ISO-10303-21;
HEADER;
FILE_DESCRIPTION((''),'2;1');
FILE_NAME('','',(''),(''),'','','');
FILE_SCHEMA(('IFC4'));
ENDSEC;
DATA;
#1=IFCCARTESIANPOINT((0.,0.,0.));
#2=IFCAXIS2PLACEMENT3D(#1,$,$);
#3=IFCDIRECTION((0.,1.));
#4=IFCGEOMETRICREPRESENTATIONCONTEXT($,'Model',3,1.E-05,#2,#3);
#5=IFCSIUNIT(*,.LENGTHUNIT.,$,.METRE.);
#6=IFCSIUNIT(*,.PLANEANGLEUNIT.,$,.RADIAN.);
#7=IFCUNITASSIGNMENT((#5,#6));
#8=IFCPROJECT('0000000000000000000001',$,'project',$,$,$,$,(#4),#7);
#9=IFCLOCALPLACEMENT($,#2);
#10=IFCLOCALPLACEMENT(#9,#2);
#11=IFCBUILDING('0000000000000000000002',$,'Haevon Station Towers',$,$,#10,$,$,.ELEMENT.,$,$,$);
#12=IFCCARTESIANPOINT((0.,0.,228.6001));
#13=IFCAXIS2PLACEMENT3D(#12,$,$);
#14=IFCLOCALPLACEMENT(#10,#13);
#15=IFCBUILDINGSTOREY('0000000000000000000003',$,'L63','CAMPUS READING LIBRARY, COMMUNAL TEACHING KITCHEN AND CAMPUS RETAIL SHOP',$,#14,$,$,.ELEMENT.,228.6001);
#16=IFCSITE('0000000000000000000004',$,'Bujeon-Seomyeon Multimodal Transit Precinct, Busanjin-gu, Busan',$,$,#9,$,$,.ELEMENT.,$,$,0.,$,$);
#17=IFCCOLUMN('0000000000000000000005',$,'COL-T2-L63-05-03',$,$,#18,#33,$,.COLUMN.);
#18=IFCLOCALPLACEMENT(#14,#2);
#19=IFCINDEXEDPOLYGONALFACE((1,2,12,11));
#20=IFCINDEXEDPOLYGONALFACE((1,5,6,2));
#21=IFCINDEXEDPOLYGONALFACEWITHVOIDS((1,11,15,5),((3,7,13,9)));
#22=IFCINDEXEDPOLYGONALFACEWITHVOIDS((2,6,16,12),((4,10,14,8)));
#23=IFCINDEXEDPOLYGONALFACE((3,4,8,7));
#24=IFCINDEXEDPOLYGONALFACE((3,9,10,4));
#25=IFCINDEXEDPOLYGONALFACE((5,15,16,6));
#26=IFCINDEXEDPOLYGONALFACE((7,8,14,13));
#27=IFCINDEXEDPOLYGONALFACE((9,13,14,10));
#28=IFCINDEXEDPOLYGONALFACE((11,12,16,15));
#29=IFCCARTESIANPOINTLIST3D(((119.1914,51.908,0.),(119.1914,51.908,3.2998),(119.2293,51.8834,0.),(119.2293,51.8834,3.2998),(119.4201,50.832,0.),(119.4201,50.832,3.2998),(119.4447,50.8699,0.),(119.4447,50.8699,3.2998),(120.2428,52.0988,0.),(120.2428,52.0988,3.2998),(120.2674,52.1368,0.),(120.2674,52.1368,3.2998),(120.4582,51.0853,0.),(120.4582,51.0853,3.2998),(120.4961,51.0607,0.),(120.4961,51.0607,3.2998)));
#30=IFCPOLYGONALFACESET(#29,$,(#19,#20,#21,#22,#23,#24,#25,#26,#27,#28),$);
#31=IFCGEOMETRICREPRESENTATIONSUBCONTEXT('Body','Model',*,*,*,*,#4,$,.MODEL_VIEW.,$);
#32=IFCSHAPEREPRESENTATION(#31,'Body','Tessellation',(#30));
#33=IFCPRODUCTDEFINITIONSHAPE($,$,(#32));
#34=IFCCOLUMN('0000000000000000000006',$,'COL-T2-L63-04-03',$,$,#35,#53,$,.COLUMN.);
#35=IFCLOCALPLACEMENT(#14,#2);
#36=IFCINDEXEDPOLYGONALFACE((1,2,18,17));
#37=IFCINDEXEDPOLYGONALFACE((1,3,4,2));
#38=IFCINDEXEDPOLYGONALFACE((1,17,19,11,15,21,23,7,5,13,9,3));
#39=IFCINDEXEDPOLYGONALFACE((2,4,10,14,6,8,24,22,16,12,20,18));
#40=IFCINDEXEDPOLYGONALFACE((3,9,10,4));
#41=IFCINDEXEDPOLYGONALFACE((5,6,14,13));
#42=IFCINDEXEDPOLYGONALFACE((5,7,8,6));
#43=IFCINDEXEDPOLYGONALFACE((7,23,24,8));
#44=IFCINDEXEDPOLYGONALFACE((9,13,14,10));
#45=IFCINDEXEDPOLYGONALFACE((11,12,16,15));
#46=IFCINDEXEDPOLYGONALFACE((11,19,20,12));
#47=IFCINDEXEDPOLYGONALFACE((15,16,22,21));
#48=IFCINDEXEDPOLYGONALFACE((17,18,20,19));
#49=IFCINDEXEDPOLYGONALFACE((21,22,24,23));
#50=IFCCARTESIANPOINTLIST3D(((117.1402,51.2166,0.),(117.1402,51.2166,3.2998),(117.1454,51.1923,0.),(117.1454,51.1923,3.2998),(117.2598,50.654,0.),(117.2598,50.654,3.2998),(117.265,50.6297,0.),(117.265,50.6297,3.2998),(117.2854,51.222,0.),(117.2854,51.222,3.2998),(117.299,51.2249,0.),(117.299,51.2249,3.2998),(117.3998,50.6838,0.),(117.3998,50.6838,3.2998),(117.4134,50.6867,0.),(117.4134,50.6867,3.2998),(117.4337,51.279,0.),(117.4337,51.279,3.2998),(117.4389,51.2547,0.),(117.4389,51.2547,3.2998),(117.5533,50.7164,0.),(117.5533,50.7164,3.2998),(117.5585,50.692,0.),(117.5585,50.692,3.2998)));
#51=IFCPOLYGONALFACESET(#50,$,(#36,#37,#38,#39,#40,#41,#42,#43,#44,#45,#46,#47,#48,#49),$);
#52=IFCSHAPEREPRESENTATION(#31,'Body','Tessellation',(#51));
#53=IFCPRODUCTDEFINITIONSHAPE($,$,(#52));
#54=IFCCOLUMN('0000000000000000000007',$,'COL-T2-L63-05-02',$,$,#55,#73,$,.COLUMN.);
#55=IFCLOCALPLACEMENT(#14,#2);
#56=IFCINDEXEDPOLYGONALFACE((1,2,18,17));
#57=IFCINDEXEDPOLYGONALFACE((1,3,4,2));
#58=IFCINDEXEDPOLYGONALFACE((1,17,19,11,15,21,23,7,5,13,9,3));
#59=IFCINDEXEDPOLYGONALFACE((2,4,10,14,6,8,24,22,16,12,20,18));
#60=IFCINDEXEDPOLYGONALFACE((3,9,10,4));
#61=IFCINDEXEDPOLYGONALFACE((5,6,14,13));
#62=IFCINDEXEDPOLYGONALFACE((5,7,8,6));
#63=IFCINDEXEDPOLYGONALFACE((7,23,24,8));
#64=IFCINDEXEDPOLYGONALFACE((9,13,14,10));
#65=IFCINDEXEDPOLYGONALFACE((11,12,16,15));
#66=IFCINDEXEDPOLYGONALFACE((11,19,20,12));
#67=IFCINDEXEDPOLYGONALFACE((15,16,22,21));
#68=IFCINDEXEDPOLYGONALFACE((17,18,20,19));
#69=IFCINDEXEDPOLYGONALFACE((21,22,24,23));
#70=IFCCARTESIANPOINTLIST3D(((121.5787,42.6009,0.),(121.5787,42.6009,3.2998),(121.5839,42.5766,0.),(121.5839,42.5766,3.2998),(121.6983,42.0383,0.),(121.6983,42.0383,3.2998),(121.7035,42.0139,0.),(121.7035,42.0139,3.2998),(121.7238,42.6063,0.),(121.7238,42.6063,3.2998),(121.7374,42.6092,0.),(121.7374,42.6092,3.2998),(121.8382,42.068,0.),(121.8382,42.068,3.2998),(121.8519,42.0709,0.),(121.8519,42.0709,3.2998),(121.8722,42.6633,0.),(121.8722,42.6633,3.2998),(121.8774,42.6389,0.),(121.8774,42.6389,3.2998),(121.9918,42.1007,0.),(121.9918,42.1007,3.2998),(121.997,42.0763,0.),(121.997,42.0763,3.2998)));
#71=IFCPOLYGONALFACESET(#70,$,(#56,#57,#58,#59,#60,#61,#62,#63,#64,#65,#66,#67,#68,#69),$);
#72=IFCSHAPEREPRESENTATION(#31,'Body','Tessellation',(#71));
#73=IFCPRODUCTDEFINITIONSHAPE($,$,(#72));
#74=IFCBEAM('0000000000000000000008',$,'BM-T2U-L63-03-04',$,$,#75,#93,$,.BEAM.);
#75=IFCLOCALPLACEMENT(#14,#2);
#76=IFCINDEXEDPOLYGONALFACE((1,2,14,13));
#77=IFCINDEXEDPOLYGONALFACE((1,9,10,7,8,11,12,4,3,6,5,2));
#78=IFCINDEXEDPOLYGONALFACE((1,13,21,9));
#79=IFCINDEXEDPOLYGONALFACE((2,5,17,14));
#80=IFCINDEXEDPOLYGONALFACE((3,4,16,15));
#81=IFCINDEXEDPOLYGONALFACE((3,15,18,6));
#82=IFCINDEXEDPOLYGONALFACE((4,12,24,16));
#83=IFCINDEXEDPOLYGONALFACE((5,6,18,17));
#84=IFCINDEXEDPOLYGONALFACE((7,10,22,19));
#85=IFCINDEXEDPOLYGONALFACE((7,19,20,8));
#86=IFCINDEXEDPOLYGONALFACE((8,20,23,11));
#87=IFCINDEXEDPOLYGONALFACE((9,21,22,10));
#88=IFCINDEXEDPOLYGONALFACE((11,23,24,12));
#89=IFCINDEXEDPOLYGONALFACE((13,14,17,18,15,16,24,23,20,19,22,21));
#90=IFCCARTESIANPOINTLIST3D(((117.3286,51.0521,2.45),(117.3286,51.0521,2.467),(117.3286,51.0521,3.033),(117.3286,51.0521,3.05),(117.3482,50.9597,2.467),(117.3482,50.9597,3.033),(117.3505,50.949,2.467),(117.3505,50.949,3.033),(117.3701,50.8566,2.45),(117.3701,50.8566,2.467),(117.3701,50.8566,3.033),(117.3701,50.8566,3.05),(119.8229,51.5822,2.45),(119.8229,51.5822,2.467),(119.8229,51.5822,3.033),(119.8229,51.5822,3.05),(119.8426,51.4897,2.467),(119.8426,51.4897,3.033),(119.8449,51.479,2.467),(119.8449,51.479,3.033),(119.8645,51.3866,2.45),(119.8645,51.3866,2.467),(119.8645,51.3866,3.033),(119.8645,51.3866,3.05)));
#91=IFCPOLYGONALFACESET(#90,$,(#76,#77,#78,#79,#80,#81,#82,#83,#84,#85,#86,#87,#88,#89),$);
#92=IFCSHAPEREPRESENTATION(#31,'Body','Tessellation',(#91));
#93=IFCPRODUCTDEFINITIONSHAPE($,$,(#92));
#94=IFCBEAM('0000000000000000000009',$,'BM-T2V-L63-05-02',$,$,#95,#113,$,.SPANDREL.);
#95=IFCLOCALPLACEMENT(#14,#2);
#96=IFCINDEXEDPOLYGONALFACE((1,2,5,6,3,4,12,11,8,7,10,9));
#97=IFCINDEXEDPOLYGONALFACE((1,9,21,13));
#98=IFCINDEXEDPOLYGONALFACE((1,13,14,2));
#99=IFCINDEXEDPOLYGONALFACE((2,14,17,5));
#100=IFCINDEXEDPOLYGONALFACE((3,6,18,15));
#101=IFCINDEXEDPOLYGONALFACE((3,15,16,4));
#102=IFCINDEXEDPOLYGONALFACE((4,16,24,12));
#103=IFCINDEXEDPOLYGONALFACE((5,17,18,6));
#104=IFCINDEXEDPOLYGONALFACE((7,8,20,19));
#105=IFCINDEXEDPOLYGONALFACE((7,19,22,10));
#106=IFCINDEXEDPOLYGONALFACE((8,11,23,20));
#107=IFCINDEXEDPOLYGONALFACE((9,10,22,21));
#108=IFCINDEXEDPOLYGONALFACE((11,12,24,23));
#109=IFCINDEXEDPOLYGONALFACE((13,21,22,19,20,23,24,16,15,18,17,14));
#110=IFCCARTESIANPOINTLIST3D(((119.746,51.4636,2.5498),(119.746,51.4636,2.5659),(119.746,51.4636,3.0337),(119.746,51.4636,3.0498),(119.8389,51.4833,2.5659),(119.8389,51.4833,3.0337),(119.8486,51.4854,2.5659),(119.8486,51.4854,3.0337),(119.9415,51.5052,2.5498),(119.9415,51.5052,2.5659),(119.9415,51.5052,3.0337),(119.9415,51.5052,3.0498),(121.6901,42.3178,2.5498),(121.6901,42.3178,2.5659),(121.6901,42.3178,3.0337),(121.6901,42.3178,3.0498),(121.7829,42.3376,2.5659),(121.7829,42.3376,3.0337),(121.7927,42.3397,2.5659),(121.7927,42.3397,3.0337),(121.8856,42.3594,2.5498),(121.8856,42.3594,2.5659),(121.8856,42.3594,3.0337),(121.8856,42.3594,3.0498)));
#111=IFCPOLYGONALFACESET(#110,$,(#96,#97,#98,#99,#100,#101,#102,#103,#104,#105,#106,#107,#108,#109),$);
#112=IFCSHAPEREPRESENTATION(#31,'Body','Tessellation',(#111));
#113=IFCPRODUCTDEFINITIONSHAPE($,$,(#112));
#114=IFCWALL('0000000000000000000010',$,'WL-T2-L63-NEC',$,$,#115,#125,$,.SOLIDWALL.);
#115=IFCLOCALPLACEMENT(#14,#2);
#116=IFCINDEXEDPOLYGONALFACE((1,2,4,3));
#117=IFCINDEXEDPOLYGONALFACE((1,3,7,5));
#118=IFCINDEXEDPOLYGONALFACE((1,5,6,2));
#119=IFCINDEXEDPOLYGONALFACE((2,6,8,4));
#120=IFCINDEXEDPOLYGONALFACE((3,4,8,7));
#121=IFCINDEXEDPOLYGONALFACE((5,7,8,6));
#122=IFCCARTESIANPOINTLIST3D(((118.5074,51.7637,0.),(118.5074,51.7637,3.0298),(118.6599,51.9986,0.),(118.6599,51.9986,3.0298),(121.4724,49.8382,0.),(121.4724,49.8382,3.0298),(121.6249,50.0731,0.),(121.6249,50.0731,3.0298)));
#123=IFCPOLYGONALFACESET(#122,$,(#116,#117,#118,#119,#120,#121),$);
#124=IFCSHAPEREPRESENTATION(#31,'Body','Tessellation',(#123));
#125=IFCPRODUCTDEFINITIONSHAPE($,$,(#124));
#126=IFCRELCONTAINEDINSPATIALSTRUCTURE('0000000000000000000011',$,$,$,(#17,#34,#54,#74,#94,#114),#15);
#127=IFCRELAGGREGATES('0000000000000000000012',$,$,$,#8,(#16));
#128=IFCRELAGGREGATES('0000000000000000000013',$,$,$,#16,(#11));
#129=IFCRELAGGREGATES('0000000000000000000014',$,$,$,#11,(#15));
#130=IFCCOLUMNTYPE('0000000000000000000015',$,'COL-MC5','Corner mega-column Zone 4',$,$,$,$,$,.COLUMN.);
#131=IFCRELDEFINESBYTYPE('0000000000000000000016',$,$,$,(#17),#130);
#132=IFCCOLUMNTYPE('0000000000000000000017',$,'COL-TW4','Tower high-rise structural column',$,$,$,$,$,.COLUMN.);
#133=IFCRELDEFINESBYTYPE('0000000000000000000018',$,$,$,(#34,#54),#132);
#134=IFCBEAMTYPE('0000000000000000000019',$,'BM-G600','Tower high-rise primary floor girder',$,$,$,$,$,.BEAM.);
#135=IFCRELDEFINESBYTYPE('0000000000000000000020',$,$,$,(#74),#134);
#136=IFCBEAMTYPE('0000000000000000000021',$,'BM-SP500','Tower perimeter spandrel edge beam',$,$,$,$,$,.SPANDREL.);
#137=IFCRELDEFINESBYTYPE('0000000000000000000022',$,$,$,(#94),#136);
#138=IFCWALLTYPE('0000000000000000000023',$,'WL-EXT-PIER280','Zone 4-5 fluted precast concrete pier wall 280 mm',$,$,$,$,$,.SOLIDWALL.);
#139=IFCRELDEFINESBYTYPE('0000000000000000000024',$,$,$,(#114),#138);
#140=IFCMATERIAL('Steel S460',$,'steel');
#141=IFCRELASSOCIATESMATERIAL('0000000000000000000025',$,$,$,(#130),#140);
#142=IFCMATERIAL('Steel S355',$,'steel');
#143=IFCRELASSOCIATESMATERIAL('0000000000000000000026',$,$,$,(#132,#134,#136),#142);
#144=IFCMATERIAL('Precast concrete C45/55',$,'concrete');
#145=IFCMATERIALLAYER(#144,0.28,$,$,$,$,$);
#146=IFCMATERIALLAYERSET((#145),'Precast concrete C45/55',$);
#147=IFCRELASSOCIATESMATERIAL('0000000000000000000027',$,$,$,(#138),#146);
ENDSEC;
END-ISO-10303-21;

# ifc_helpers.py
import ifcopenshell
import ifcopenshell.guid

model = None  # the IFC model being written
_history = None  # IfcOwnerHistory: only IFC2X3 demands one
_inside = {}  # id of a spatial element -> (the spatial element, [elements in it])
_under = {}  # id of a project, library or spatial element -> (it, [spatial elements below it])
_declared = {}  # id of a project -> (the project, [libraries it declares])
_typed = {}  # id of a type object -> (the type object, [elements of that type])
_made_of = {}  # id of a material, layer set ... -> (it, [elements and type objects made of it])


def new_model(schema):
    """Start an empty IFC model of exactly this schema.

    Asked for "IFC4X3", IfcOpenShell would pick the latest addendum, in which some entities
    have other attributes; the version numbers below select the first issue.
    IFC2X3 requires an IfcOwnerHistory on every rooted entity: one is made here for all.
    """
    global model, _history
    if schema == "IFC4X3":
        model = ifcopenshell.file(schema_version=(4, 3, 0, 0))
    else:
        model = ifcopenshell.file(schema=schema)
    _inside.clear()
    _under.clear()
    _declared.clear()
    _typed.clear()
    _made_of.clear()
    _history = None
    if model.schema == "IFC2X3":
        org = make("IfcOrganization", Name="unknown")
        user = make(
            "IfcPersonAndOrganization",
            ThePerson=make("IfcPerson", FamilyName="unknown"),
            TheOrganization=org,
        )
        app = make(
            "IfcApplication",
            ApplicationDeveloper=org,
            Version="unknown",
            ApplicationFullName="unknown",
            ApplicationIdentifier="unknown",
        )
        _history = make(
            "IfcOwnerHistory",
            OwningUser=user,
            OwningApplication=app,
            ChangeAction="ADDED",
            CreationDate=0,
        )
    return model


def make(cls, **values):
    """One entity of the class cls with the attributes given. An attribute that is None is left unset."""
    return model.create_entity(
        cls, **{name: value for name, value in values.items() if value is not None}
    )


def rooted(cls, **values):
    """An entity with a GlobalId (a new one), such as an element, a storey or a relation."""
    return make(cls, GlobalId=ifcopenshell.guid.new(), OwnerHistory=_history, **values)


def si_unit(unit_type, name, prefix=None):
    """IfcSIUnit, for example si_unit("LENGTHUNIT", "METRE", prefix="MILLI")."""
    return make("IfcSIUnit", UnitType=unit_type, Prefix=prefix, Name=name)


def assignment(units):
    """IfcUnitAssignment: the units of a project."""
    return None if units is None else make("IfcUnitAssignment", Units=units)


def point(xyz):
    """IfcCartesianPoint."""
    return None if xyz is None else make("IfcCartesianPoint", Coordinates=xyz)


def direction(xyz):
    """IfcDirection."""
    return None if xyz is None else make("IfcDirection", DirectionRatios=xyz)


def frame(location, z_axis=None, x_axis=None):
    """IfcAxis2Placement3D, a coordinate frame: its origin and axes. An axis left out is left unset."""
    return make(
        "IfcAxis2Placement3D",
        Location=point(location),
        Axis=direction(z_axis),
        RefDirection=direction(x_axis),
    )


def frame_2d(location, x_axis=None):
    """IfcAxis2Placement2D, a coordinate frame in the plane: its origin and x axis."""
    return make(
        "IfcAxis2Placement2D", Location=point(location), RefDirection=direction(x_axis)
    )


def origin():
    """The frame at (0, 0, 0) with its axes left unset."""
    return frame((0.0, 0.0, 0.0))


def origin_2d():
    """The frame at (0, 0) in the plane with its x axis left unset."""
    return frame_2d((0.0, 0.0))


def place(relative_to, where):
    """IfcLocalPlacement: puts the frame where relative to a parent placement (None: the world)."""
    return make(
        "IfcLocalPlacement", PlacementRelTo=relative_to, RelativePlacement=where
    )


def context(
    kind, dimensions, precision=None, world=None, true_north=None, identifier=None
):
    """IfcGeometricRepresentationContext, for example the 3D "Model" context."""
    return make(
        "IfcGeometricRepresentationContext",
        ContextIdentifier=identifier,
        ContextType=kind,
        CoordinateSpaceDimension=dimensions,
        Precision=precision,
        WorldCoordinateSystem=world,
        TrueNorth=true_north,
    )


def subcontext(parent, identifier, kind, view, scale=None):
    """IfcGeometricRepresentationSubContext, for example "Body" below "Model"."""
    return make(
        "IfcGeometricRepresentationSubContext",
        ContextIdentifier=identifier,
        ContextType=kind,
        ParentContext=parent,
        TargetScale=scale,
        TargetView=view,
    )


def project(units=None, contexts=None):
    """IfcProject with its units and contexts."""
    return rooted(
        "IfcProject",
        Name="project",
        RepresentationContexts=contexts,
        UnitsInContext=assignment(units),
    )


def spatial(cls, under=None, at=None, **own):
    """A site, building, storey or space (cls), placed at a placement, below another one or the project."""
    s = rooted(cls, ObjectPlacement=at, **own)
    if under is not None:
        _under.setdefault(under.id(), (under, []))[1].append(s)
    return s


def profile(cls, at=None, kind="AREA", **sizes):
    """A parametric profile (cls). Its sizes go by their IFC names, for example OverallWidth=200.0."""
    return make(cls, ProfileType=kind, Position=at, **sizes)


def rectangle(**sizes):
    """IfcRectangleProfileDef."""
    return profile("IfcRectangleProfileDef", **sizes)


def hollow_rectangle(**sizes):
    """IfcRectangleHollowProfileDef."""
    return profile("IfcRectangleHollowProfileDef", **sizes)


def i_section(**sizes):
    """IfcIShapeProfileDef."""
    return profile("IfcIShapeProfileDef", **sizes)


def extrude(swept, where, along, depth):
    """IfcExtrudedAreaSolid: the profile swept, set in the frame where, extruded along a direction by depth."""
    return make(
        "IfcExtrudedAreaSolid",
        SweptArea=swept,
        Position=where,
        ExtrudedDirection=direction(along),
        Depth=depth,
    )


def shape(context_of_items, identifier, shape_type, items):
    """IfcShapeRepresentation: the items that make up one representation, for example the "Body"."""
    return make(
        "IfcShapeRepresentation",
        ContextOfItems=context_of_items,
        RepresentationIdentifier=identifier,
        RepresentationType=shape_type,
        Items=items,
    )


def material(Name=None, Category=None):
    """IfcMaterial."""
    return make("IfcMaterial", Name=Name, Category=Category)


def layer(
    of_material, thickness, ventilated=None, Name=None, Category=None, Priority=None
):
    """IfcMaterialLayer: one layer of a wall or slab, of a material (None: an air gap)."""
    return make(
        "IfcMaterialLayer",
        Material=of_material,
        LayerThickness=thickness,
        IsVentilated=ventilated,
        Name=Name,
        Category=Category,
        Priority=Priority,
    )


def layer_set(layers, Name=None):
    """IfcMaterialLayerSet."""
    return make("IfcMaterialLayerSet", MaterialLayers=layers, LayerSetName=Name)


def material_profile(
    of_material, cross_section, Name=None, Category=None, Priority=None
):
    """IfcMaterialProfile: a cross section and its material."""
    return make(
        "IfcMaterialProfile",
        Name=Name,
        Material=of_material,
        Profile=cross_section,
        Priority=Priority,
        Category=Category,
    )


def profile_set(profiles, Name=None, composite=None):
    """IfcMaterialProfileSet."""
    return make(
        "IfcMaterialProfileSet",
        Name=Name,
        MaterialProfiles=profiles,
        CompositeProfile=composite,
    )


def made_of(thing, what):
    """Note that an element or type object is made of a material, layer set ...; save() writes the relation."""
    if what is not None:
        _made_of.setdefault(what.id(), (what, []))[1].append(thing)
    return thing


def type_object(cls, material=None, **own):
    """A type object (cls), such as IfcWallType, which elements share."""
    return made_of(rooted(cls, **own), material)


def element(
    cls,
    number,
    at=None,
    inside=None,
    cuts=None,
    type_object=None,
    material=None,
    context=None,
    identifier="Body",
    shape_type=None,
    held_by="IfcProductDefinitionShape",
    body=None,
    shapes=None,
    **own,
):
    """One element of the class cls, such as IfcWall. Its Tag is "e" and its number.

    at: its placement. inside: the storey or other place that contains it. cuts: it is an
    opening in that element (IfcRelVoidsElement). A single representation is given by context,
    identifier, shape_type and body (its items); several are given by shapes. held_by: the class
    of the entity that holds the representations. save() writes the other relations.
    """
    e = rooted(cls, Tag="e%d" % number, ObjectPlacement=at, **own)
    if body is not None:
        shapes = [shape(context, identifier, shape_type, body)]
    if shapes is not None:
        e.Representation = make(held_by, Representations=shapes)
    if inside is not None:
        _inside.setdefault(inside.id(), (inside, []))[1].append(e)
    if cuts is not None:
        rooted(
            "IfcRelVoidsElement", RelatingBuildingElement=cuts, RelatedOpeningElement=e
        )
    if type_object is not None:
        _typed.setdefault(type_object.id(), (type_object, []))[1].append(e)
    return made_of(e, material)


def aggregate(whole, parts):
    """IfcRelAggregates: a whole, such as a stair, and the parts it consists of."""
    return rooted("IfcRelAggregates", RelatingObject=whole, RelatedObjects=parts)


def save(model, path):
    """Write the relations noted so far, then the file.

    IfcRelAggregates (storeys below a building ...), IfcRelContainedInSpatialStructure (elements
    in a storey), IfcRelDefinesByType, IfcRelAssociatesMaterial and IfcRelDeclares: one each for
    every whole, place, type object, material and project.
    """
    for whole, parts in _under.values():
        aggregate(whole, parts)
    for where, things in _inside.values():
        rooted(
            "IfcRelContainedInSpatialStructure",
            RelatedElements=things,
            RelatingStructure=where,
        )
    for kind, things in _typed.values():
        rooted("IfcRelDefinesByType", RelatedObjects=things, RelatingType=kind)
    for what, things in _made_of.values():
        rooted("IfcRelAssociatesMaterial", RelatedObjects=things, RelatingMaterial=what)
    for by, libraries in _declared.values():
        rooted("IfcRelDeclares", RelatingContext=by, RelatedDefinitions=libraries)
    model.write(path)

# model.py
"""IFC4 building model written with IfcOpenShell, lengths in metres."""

from ifc_helpers import new_model, si_unit, direction, frame, frame_2d, origin, origin_2d, place, context, subcontext, project, spatial, rectangle, hollow_rectangle, i_section, extrude, material, layer, layer_set, material_profile, profile_set, type_object, element, save


model = new_model("IFC4")

# Units and contexts
model_context = context("Model", 3, precision=1e-05, world=origin(), true_north=direction((0.0, 1.0)))
body_context = subcontext(model_context, "Body", "Model", "MODEL_VIEW")
ifc_project = project(units=[si_unit("LENGTHUNIT", "METRE"), si_unit("PLANEANGLEUNIT", "RADIAN")], contexts=[model_context])

# Site, building, storey
site_placement = place(None, origin())
site = spatial("IfcSite", under=ifc_project, at=site_placement, Name="Bujeon-Seomyeon Multimodal Transit Precinct, Busanjin-gu, Busan", CompositionType="ELEMENT", RefElevation=0.0)
building_placement = place(site_placement, origin())
building = spatial("IfcBuilding", under=site, at=building_placement, Name="Haevon Station Towers", CompositionType="ELEMENT")
storey_placement = place(building_placement, frame((0.0, 0.0, 228.6001)))
storey = spatial("IfcBuildingStorey", under=building, at=storey_placement, Name="L63", Description="CAMPUS READING LIBRARY, COMMUNAL TEACHING KITCHEN AND CAMPUS RETAIL SHOP", CompositionType="ELEMENT", Elevation=228.6001)

# Columns
ifc_material_1 = material(Name="Steel S460", Category="steel")
ifc_material_profile_1 = material_profile(ifc_material_1, hollow_rectangle(XDim=1.1001, YDim=1.1001, WallThickness=0.032, at=origin_2d()), Name="BOX-1100x1100x32")
ifc_profile_set_1 = profile_set([ifc_material_profile_1], Name="Steel S460")
column_type_1 = type_object("IfcColumnType", Name="COL-MC5", Description="Corner mega-column Zone 4", PredefinedType="COLUMN", material=ifc_profile_set_1)
column_placement = place(storey_placement, frame((119.8438, 51.4844, 0.0), z_axis=(0.0, 0.0, 1.0), x_axis=(0.978148, 0.207912, 0.0)))
element("IfcColumn", 1, at=column_placement, inside=storey, type_object=column_type_1, Name="COL-T2-L63-05-03", PredefinedType="COLUMN", context=body_context, shape_type="SweptSolid", body=[
    extrude(hollow_rectangle(XDim=1.1001, YDim=1.1001, WallThickness=0.032, at=origin_2d()), origin(), (0.0, 0.0, 1.0), 3.2998),
])
ifc_material_2 = material(Name="Steel S355", Category="steel")
ifc_material_profile_2 = material_profile(ifc_material_2, i_section(OverallWidth=0.3, OverallDepth=0.6001, WebThickness=0.0139, FlangeThickness=0.0249, at=origin_2d()), Name="H-600x300x14x25")
ifc_profile_set_2 = profile_set([ifc_material_profile_2], Name="Steel S355")
column_type_2 = type_object("IfcColumnType", Name="COL-TW4", Description="Tower high-rise structural column", PredefinedType="COLUMN", material=ifc_profile_set_2)
for number, where, z_axis, x_axis, name in (
    (2, (117.3494, 50.9543, 0.0), (0.0, 0.0, 1.0), (0.978148, 0.207912, 0.0), "COL-T2-L63-04-03"),
    (3, (121.7878, 42.3386, 0.0), (0.0, 0.0, 1.0), (0.978148, 0.207912, 0.0), "COL-T2-L63-05-02"),
):
    element("IfcColumn", number, at=place(storey_placement, frame(where, z_axis=z_axis, x_axis=x_axis)), inside=storey, type_object=column_type_2, Name=name, PredefinedType="COLUMN", context=body_context, shape_type="SweptSolid", body=[
        extrude(i_section(OverallWidth=0.3, OverallDepth=0.6001, WebThickness=0.0139, FlangeThickness=0.0249, at=origin_2d()), origin(), (0.0, 0.0, 1.0), 3.2998),
    ])

# Beams
ifc_material_profile_3 = material_profile(ifc_material_2, i_section(OverallWidth=0.2, OverallDepth=0.6001, WebThickness=0.011, FlangeThickness=0.0171, at=origin_2d()), Name="H-600x200x11x17")
ifc_profile_set_3 = profile_set([ifc_material_profile_3], Name="Steel S355")
beam_type_1 = type_object("IfcBeamType", Name="BM-G600", Description="Tower high-rise primary floor girder", PredefinedType="BEAM", material=ifc_profile_set_3)
beam_1_placement = place(storey_placement, frame((117.3494, 50.9543, 2.75), z_axis=(0.978161, 0.207848, 0.0), x_axis=(-0.207848, 0.978161, 0.0)))
element("IfcBeam", 4, at=beam_1_placement, inside=storey, type_object=beam_type_1, Name="BM-T2U-L63-03-04", PredefinedType="BEAM", context=body_context, shape_type="SweptSolid", body=[
    extrude(i_section(OverallWidth=0.2, OverallDepth=0.6001, WebThickness=0.011, FlangeThickness=0.0171, at=origin_2d()), origin(), (0.0, 0.0, 1.0), 2.55),
])
ifc_material_profile_4 = material_profile(ifc_material_2, i_section(OverallWidth=0.2, OverallDepth=0.5, WebThickness=0.01, FlangeThickness=0.0161, at=origin_2d()), Name="H-500x200x10x16")
ifc_profile_set_4 = profile_set([ifc_material_profile_4], Name="Steel S355")
beam_type_2 = type_object("IfcBeamType", Name="BM-SP500", Description="Tower perimeter spandrel edge beam", PredefinedType="SPANDREL", material=ifc_profile_set_4)
beam_2_placement = place(storey_placement, frame((121.7878, 42.3386, 2.7998), z_axis=(-0.207922, 0.978145, 0.0), x_axis=(-0.978145, -0.207922, 0.0)))
element("IfcBeam", 5, at=beam_2_placement, inside=storey, type_object=beam_type_2, Name="BM-T2V-L63-05-02", PredefinedType="SPANDREL", context=body_context, shape_type="SweptSolid", body=[
    extrude(i_section(OverallWidth=0.2, OverallDepth=0.5, WebThickness=0.01, FlangeThickness=0.0161, at=origin_2d()), origin(), (0.0, 0.0, 1.0), 9.3501),
])

# Wall
ifc_material_3 = material(Name="Precast concrete C45/55", Category="concrete")
ifc_layer = layer(ifc_material_3, 0.28)
ifc_layer_set = layer_set([ifc_layer], Name="Precast concrete C45/55")
wall_type = type_object("IfcWallType", Name="WL-EXT-PIER280", Description="Zone 4-5 fluted precast concrete pier wall 280 mm", PredefinedType="SOLIDWALL", material=ifc_layer_set)
wall_1_placement = place(storey_placement, frame((118.5837, 51.8811, 0.0), z_axis=(0.0, 0.0, 1.0), x_axis=(0.838672, -0.544636, 0.0)))
element("IfcWall", 6, at=wall_1_placement, inside=storey, type_object=wall_type, Name="WL-T2-L63-NEC", PredefinedType="SOLIDWALL", context=body_context, shape_type="SweptSolid", body=[
    extrude(rectangle(XDim=3.5354, YDim=0.28, at=frame_2d((1.7676, 0.0))), origin(), (0.0, 0.0, 1.0), 3.0298),
])

save(model, "model.ifc")
